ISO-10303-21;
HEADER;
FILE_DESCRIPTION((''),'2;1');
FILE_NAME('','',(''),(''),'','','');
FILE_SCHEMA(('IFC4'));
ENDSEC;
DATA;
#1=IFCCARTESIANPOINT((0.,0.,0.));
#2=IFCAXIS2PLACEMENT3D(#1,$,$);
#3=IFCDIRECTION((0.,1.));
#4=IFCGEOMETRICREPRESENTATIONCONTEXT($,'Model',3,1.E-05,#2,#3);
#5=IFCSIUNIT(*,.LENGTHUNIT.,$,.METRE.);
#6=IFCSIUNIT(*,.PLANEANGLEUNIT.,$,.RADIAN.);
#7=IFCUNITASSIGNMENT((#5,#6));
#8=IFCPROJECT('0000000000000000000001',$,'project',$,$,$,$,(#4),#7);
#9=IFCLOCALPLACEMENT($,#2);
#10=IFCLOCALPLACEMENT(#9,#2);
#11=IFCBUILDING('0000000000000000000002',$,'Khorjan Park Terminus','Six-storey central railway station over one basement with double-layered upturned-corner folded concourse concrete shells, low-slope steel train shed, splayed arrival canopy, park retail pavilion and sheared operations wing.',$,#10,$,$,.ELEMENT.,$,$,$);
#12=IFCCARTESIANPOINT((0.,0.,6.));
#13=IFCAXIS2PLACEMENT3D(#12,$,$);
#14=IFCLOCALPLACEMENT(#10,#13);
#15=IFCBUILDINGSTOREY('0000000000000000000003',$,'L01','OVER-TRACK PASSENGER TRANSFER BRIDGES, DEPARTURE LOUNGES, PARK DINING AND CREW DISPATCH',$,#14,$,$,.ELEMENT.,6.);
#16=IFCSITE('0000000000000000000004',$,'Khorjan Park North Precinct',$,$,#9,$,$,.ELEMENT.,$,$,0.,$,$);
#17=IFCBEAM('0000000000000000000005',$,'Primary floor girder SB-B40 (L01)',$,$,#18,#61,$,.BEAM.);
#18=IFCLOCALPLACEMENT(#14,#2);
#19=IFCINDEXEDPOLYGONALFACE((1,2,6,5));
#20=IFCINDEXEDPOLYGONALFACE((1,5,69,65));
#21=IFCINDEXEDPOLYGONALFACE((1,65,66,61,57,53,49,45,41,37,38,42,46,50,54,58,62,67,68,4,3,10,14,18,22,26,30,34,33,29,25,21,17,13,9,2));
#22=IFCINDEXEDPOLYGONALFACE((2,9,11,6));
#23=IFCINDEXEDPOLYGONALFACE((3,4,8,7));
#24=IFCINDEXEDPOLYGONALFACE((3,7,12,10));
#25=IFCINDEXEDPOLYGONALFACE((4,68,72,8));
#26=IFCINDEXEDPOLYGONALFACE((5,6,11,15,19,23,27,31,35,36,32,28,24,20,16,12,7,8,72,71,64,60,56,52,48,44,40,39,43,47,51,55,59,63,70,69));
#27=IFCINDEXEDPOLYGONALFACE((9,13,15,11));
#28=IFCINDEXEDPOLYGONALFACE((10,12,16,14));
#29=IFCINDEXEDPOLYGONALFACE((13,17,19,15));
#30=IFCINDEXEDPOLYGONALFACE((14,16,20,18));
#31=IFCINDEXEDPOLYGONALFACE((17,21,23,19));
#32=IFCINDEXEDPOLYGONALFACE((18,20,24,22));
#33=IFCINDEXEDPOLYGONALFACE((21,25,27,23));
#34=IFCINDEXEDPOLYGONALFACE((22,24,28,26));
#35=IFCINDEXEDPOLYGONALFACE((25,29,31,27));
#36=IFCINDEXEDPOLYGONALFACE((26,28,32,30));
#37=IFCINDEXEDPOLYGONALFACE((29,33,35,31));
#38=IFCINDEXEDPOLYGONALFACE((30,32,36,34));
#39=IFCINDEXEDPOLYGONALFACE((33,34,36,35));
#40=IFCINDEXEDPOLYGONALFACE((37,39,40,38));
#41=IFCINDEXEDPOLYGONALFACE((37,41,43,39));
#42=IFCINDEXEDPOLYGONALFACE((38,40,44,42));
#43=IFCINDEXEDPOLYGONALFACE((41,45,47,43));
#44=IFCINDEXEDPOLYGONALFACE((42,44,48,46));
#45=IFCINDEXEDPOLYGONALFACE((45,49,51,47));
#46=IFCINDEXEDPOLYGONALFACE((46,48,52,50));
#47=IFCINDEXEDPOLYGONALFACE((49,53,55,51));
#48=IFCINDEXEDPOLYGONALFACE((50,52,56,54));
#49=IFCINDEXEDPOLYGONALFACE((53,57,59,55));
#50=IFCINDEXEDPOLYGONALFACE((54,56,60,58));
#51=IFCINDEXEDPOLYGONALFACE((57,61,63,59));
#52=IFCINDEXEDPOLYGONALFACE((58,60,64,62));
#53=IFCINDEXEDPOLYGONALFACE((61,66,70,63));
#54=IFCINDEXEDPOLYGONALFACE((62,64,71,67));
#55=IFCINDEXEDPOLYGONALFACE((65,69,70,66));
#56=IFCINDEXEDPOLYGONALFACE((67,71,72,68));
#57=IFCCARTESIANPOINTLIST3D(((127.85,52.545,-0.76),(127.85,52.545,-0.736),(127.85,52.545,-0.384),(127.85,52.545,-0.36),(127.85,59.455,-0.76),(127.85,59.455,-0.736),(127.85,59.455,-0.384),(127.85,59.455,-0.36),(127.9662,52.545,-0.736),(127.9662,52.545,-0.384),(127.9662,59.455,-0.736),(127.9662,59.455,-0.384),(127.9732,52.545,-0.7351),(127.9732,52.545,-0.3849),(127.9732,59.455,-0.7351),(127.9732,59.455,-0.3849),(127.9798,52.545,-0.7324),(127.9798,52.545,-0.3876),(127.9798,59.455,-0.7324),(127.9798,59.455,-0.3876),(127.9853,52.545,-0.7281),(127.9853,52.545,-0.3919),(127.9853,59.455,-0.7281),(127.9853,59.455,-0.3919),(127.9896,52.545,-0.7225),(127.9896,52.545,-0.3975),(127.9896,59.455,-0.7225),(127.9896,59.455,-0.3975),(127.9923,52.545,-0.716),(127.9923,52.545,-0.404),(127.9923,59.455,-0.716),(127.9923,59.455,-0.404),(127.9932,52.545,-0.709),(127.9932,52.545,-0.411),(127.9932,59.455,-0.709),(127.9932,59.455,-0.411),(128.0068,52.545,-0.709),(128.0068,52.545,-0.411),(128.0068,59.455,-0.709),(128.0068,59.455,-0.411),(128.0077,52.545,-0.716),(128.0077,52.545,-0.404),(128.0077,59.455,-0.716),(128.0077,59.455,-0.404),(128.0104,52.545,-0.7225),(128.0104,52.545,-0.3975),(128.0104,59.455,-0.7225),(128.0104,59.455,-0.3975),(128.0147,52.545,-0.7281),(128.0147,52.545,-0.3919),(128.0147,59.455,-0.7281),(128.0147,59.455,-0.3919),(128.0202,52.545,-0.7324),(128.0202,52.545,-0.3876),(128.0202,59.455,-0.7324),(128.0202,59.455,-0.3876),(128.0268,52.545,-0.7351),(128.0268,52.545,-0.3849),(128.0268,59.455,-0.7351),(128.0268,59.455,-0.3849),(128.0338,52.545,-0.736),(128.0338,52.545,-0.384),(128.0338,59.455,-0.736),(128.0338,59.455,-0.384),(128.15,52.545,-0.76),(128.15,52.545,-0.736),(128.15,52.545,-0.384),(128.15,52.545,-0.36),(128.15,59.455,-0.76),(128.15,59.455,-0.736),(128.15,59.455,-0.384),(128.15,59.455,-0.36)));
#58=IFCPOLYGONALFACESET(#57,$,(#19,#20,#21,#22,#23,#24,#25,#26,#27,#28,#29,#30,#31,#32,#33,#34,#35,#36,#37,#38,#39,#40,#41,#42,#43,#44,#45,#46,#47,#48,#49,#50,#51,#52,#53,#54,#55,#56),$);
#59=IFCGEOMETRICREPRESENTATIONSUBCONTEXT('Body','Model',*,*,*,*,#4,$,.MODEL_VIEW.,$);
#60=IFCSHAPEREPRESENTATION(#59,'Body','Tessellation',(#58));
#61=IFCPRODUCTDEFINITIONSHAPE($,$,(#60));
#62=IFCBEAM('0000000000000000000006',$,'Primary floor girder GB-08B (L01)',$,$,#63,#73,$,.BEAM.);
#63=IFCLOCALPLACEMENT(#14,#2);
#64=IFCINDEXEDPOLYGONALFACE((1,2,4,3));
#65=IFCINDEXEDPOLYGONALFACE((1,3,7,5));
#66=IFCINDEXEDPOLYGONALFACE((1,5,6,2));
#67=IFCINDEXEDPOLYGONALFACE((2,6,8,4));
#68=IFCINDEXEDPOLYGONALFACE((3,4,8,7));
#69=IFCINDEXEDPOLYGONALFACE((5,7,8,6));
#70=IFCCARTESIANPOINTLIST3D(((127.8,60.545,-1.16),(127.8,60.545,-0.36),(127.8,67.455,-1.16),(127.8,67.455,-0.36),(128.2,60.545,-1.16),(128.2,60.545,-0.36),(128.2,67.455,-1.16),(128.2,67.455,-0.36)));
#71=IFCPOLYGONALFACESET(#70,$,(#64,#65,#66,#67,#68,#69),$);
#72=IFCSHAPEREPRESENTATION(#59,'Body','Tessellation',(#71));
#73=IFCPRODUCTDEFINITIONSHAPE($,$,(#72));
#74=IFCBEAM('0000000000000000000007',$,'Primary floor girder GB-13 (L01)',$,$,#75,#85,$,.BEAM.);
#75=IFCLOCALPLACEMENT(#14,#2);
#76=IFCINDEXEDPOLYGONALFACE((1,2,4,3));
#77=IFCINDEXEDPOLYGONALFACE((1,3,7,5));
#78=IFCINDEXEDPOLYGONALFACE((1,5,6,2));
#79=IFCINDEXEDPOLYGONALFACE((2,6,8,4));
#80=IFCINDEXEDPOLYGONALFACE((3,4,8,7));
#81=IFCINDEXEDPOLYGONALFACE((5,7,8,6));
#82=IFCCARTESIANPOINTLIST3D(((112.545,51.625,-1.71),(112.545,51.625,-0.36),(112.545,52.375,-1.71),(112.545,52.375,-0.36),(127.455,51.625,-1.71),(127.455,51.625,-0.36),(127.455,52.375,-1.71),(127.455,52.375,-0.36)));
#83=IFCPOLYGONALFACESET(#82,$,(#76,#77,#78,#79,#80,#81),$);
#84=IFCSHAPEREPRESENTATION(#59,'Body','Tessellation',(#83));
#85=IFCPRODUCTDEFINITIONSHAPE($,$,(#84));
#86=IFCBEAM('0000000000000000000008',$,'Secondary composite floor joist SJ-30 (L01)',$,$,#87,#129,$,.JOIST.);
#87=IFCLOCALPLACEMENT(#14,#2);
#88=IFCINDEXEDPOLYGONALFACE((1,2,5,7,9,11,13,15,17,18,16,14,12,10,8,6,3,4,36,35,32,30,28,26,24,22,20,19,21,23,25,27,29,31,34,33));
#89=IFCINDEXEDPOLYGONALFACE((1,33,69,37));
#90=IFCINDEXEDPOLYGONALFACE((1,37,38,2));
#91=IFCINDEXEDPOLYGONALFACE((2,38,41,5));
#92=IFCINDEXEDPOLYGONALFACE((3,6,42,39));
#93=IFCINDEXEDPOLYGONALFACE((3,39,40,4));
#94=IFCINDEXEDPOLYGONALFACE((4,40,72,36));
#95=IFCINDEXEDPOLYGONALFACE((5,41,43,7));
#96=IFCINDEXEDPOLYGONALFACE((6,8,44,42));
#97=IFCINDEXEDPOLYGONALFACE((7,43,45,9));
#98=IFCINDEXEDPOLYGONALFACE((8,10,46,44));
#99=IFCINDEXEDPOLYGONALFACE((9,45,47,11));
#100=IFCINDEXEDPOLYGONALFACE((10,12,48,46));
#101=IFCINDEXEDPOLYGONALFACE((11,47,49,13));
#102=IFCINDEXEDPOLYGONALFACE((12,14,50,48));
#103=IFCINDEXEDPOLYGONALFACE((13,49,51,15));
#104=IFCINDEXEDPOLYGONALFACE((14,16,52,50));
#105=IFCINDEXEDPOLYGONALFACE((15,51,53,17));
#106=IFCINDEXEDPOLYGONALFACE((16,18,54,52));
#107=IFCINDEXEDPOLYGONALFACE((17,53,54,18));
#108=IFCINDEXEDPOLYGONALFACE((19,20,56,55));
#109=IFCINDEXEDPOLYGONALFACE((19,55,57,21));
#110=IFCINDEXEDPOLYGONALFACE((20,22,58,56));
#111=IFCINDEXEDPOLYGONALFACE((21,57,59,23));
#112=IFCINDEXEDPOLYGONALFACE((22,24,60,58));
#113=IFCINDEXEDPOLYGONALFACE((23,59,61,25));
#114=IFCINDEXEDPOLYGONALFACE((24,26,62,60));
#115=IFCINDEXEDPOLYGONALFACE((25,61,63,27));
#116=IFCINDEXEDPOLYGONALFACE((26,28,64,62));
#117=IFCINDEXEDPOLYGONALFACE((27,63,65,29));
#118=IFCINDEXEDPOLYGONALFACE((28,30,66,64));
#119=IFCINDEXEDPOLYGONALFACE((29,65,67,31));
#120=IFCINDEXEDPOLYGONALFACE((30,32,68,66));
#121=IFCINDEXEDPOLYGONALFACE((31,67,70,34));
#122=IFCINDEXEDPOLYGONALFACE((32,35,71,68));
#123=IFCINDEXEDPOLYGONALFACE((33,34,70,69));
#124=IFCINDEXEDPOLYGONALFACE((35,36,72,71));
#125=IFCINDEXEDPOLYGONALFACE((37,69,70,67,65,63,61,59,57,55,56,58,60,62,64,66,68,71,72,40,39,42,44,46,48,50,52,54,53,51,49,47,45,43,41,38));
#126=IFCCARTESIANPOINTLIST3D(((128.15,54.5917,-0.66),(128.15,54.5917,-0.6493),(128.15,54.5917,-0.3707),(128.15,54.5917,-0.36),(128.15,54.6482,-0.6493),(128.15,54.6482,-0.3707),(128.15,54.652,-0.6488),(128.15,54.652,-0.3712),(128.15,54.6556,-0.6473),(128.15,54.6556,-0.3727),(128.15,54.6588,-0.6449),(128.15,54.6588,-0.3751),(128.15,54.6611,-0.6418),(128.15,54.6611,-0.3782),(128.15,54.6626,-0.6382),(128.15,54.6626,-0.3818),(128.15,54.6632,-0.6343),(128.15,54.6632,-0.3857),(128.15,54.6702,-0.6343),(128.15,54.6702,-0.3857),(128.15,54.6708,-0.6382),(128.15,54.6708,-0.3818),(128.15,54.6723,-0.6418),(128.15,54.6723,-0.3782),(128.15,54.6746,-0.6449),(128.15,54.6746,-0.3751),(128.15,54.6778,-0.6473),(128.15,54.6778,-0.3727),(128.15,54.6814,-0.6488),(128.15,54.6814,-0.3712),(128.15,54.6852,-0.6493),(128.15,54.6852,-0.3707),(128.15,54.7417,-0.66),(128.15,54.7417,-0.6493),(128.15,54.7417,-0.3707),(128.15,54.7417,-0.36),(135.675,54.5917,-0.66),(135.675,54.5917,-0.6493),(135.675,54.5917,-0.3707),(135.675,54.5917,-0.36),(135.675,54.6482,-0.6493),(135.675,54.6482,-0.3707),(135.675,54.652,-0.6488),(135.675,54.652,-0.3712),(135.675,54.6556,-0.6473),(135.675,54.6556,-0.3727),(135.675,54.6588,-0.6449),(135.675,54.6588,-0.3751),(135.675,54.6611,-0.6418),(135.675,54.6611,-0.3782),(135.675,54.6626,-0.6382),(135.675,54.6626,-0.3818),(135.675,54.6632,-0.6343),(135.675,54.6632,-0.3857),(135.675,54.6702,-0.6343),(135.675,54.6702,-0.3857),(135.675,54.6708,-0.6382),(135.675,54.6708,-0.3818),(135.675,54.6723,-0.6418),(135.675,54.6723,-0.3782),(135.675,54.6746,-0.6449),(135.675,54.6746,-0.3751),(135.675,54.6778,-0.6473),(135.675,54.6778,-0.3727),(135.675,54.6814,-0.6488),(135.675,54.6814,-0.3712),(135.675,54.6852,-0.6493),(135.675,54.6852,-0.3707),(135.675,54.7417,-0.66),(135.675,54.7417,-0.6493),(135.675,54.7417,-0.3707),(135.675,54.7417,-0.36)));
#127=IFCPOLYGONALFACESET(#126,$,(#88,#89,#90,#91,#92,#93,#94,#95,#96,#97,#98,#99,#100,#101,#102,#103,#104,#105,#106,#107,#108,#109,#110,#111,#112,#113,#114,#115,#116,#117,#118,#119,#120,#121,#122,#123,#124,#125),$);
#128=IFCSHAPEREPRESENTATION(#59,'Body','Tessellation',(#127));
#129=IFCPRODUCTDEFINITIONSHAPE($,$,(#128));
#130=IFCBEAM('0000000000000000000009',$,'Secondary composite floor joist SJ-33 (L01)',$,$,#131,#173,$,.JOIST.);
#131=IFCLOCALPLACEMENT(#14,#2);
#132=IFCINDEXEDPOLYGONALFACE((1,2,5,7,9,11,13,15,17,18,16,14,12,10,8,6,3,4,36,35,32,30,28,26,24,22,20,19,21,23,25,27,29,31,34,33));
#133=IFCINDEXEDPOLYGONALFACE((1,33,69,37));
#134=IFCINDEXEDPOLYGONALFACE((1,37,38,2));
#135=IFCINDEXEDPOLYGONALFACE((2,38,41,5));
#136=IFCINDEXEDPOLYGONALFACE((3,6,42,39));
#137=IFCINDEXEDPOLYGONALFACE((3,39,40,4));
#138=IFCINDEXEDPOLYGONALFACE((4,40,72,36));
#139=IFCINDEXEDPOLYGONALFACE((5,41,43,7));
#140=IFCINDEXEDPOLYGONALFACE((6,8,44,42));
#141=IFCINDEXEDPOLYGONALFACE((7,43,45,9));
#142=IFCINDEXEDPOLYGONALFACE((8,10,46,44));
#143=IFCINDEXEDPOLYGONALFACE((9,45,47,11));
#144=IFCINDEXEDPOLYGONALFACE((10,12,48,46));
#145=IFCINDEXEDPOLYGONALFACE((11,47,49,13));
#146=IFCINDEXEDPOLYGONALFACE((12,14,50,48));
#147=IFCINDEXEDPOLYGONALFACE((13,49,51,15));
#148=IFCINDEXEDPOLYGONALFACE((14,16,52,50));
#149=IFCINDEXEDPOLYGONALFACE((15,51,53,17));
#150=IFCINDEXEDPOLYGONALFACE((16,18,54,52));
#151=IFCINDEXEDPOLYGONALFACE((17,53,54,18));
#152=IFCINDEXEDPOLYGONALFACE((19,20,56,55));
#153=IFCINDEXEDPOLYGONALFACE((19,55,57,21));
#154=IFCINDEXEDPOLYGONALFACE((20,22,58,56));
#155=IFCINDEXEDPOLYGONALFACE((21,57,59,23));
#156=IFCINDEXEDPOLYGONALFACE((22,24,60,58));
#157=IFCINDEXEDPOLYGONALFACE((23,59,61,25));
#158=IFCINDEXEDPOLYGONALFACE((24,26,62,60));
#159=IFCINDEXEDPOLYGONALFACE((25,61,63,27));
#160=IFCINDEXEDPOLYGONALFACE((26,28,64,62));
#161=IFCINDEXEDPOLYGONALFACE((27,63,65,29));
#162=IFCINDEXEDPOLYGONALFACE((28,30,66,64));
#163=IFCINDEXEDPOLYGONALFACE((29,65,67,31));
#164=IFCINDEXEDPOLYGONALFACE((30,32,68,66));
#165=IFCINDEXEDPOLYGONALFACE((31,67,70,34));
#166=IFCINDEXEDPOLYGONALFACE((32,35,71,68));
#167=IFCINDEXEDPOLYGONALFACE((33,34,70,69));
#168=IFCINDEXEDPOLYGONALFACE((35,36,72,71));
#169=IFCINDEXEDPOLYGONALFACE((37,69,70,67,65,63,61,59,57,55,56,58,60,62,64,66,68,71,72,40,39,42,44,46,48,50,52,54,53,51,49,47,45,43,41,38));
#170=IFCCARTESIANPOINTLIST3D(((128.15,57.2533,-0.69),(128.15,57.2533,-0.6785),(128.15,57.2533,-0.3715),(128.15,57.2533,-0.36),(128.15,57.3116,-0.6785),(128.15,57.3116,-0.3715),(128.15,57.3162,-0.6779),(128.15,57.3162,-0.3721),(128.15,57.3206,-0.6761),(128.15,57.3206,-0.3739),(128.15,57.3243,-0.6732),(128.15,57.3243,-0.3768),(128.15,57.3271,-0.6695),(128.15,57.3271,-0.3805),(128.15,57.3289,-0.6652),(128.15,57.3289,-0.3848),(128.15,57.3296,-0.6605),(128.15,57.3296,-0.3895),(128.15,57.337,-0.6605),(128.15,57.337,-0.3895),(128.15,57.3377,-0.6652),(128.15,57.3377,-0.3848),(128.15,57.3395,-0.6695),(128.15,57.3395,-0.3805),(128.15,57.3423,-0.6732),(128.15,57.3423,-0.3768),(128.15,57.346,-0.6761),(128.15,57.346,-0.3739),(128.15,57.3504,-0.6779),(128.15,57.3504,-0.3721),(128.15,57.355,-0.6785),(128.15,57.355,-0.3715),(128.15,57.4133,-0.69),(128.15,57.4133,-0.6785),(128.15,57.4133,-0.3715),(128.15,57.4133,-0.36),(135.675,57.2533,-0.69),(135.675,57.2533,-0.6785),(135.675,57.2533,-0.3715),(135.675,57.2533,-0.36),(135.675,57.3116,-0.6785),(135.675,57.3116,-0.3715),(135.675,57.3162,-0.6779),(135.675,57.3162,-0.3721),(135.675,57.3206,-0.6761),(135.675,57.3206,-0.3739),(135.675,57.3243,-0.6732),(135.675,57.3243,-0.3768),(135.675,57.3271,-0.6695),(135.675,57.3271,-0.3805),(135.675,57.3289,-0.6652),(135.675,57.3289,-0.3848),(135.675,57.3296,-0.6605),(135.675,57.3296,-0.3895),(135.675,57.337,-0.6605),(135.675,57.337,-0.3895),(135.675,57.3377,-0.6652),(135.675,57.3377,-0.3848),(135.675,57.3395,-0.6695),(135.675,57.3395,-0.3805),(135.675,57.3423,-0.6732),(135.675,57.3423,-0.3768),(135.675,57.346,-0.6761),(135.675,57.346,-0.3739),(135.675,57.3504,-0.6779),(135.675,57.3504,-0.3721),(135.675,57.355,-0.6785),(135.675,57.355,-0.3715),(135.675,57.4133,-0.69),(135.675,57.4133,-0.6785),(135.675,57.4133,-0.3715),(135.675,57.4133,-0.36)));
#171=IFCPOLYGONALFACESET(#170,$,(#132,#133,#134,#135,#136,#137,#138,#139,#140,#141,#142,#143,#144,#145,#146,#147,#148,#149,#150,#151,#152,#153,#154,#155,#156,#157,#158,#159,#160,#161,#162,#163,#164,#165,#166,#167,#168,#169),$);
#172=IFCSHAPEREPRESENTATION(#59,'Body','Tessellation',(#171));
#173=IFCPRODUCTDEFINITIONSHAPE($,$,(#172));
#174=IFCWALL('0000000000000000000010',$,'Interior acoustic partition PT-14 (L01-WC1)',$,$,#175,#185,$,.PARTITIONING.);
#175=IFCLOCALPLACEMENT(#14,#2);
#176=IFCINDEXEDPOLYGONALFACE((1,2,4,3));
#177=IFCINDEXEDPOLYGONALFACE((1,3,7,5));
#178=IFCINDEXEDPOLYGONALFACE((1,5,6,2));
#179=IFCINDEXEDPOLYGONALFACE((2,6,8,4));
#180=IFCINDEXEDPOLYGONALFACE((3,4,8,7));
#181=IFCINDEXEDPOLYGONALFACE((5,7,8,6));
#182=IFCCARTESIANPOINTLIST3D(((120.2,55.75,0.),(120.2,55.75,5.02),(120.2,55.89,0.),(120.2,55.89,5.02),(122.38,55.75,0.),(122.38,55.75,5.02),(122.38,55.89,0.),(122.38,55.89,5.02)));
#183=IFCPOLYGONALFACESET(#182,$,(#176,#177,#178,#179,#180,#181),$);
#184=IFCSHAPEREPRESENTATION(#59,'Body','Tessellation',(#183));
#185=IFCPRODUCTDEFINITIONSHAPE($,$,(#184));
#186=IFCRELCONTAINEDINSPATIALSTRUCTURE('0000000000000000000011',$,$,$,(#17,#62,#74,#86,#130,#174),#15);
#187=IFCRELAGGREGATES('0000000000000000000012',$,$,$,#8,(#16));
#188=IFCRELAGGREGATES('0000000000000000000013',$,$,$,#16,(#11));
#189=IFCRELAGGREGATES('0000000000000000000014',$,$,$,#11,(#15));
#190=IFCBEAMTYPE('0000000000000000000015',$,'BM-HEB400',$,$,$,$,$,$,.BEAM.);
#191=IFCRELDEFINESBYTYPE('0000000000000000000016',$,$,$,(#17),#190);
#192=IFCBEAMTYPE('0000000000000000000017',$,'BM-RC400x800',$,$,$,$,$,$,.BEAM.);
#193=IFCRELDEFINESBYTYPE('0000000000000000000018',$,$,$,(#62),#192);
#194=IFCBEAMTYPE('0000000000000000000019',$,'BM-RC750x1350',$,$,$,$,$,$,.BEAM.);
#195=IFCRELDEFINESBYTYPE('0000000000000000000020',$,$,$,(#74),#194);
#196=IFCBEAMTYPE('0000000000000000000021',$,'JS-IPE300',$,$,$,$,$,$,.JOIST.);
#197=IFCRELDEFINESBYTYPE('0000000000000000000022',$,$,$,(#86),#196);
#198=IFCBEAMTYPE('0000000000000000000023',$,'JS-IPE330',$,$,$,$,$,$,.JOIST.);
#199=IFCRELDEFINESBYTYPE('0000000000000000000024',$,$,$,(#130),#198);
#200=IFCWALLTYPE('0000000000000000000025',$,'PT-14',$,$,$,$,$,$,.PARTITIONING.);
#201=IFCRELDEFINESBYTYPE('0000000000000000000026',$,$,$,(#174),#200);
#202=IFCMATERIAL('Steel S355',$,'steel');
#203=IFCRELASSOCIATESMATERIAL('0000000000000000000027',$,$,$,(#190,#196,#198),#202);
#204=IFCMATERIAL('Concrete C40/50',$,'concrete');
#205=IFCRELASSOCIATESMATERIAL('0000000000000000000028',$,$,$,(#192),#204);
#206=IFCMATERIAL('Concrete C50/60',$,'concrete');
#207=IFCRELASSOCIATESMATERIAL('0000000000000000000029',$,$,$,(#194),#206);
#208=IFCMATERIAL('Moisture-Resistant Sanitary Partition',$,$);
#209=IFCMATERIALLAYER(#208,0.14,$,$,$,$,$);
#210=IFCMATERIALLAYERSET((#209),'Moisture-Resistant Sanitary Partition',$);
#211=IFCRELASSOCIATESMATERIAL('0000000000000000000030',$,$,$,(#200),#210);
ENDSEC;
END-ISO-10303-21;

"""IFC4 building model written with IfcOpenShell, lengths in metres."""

from ifc_helpers import new_model, si_unit, direction, frame, frame_2d, origin, origin_2d, place, context, subcontext, project, spatial, rectangle, i_section, extrude, material, layer, layer_set, material_profile, profile_set, type_object, element, save


model = new_model("IFC4")

# Units and contexts
model_context = context("Model", 3, precision=1e-05, world=origin(), true_north=direction((0.0, 1.0)))
body_context = subcontext(model_context, "Body", "Model", "MODEL_VIEW")
ifc_project = project(units=[si_unit("LENGTHUNIT", "METRE"), si_unit("PLANEANGLEUNIT", "RADIAN")], contexts=[model_context])

# Site, building, storey
site_placement = place(None, origin())
site = spatial("IfcSite", under=ifc_project, at=site_placement, Name="Khorjan Park North Precinct", CompositionType="ELEMENT", RefElevation=0.0)
building_placement = place(site_placement, origin())
building = spatial("IfcBuilding", under=site, at=building_placement, Name="Khorjan Park Terminus", Description="Six-storey central railway station over one basement with double-layered upturned-corner folded concourse concrete shells, low-slope steel train shed, splayed arrival canopy, park retail pavilion and sheared operations wing.", CompositionType="ELEMENT")
storey_placement = place(building_placement, frame((0.0, 0.0, 6.0)))
storey = spatial("IfcBuildingStorey", under=building, at=storey_placement, Name="L01", Description="OVER-TRACK PASSENGER TRANSFER BRIDGES, DEPARTURE LOUNGES, PARK DINING AND CREW DISPATCH", CompositionType="ELEMENT", Elevation=6.0)

# Shared definitions
ifc_material_1 = material(Name="Steel S355", Category="steel")
ifc_material_2 = material(Name="Concrete C50/60", Category="concrete")

# Beams
ifc_material_profile_1 = material_profile(ifc_material_1, i_section(OverallWidth=0.3, OverallDepth=0.4, WebThickness=0.0135, FlangeThickness=0.024, FilletRadius=0.027, at=origin_2d()), Name="HEB 400")
ifc_profile_set_1 = profile_set([ifc_material_profile_1], Name="Steel S355")
beam_type_1 = type_object("IfcBeamType", Name="BM-HEB400", PredefinedType="BEAM", material=ifc_profile_set_1)
beam_1_placement = place(storey_placement, frame((128.0, 52.545, -0.56), z_axis=(0.0, 1.0, 0.0), x_axis=(-1.0, 0.0, 0.0)))
element("IfcBeam", 1, at=beam_1_placement, inside=storey, type_object=beam_type_1, Name="Primary floor girder SB-B40 (L01)", PredefinedType="BEAM", context=body_context, shape_type="SweptSolid", body=[
    extrude(i_section(OverallWidth=0.3, OverallDepth=0.4, WebThickness=0.0135, FlangeThickness=0.024, FilletRadius=0.027, at=origin_2d()), origin(), (0.0, 0.0, 1.0), 6.91),
])
ifc_material_3 = material(Name="Concrete C40/50", Category="concrete")
ifc_material_profile_2 = material_profile(ifc_material_3, rectangle(XDim=0.4, YDim=0.8, at=origin_2d()), Name="RC 400x800")
ifc_profile_set_2 = profile_set([ifc_material_profile_2], Name="Concrete C40/50")
beam_type_2 = type_object("IfcBeamType", Name="BM-RC400x800", PredefinedType="BEAM", material=ifc_profile_set_2)
beam_2_placement = place(storey_placement, frame((128.0, 60.545, -0.76), z_axis=(0.0, 1.0, 0.0), x_axis=(-1.0, 0.0, 0.0)))
element("IfcBeam", 2, at=beam_2_placement, inside=storey, type_object=beam_type_2, Name="Primary floor girder GB-08B (L01)", PredefinedType="BEAM", context=body_context, shape_type="SweptSolid", body=[
    extrude(rectangle(XDim=0.4, YDim=0.8, at=origin_2d()), origin(), (0.0, 0.0, 1.0), 6.91),
])
ifc_material_profile_3 = material_profile(ifc_material_2, rectangle(XDim=0.75, YDim=1.35, at=origin_2d()), Name="RC 750x1350")
ifc_profile_set_3 = profile_set([ifc_material_profile_3], Name="Concrete C50/60")
beam_type_3 = type_object("IfcBeamType", Name="BM-RC750x1350", PredefinedType="BEAM", material=ifc_profile_set_3)
beam_3_placement = place(storey_placement, frame((112.545, 52.0, -1.035), z_axis=(1.0, 0.0, 0.0), x_axis=(0.0, 1.0, 0.0)))
element("IfcBeam", 3, at=beam_3_placement, inside=storey, type_object=beam_type_3, Name="Primary floor girder GB-13 (L01)", PredefinedType="BEAM", context=body_context, shape_type="SweptSolid", body=[
    extrude(rectangle(XDim=0.75, YDim=1.35, at=origin_2d()), origin(), (0.0, 0.0, 1.0), 14.91),
])
ifc_material_profile_4 = material_profile(ifc_material_1, i_section(OverallWidth=0.15, OverallDepth=0.3, WebThickness=0.0071, FlangeThickness=0.0107, FilletRadius=0.015, at=origin_2d()), Name="IPE 300")
ifc_profile_set_4 = profile_set([ifc_material_profile_4], Name="Steel S355")
beam_type_4 = type_object("IfcBeamType", Name="JS-IPE300", PredefinedType="JOIST", material=ifc_profile_set_4)
beam_4_placement = place(storey_placement, frame((128.15, 54.6667, -0.51), z_axis=(1.0, 0.0, 0.0), x_axis=(0.0, 1.0, 0.0)))
element("IfcBeam", 4, at=beam_4_placement, inside=storey, type_object=beam_type_4, Name="Secondary composite floor joist SJ-30 (L01)", PredefinedType="JOIST", context=body_context, shape_type="SweptSolid", body=[
    extrude(i_section(OverallWidth=0.15, OverallDepth=0.3, WebThickness=0.0071, FlangeThickness=0.0107, FilletRadius=0.015, at=origin_2d()), origin(), (0.0, 0.0, 1.0), 7.525),
])
ifc_material_profile_5 = material_profile(ifc_material_1, i_section(OverallWidth=0.16, OverallDepth=0.33, WebThickness=0.0075, FlangeThickness=0.0115, FilletRadius=0.018, at=origin_2d()), Name="IPE 330")
ifc_profile_set_5 = profile_set([ifc_material_profile_5], Name="Steel S355")
beam_type_5 = type_object("IfcBeamType", Name="JS-IPE330", PredefinedType="JOIST", material=ifc_profile_set_5)
beam_5_placement = place(storey_placement, frame((128.15, 57.3333, -0.525), z_axis=(1.0, 0.0, 0.0), x_axis=(0.0, 1.0, 0.0)))
element("IfcBeam", 5, at=beam_5_placement, inside=storey, type_object=beam_type_5, Name="Secondary composite floor joist SJ-33 (L01)", PredefinedType="JOIST", context=body_context, shape_type="SweptSolid", body=[
    extrude(i_section(OverallWidth=0.16, OverallDepth=0.33, WebThickness=0.0075, FlangeThickness=0.0115, FilletRadius=0.018, at=origin_2d()), origin(), (0.0, 0.0, 1.0), 7.525),
])

# Wall
ifc_material_4 = material(Name="Moisture-Resistant Sanitary Partition")
ifc_layer_1 = layer(ifc_material_4, 0.14)
ifc_layer_set_1 = layer_set([ifc_layer_1], Name="Moisture-Resistant Sanitary Partition")
wall_type_1 = type_object("IfcWallType", Name="PT-14", PredefinedType="PARTITIONING", material=ifc_layer_set_1)
wall_1_placement = place(storey_placement, frame((120.2, 55.82, 0.0), z_axis=(0.0, 0.0, 1.0), x_axis=(1.0, 0.0, 0.0)))
element("IfcWall", 6, at=wall_1_placement, inside=storey, type_object=wall_type_1, Name="Interior acoustic partition PT-14 (L01-WC1)", PredefinedType="PARTITIONING", context=body_context, shape_type="SweptSolid", body=[
    extrude(rectangle(XDim=2.18, YDim=0.14, at=frame_2d((1.09, 0.0))), origin(), (0.0, 0.0, 1.0), 5.02),
])

save(model, "model.ifc")
